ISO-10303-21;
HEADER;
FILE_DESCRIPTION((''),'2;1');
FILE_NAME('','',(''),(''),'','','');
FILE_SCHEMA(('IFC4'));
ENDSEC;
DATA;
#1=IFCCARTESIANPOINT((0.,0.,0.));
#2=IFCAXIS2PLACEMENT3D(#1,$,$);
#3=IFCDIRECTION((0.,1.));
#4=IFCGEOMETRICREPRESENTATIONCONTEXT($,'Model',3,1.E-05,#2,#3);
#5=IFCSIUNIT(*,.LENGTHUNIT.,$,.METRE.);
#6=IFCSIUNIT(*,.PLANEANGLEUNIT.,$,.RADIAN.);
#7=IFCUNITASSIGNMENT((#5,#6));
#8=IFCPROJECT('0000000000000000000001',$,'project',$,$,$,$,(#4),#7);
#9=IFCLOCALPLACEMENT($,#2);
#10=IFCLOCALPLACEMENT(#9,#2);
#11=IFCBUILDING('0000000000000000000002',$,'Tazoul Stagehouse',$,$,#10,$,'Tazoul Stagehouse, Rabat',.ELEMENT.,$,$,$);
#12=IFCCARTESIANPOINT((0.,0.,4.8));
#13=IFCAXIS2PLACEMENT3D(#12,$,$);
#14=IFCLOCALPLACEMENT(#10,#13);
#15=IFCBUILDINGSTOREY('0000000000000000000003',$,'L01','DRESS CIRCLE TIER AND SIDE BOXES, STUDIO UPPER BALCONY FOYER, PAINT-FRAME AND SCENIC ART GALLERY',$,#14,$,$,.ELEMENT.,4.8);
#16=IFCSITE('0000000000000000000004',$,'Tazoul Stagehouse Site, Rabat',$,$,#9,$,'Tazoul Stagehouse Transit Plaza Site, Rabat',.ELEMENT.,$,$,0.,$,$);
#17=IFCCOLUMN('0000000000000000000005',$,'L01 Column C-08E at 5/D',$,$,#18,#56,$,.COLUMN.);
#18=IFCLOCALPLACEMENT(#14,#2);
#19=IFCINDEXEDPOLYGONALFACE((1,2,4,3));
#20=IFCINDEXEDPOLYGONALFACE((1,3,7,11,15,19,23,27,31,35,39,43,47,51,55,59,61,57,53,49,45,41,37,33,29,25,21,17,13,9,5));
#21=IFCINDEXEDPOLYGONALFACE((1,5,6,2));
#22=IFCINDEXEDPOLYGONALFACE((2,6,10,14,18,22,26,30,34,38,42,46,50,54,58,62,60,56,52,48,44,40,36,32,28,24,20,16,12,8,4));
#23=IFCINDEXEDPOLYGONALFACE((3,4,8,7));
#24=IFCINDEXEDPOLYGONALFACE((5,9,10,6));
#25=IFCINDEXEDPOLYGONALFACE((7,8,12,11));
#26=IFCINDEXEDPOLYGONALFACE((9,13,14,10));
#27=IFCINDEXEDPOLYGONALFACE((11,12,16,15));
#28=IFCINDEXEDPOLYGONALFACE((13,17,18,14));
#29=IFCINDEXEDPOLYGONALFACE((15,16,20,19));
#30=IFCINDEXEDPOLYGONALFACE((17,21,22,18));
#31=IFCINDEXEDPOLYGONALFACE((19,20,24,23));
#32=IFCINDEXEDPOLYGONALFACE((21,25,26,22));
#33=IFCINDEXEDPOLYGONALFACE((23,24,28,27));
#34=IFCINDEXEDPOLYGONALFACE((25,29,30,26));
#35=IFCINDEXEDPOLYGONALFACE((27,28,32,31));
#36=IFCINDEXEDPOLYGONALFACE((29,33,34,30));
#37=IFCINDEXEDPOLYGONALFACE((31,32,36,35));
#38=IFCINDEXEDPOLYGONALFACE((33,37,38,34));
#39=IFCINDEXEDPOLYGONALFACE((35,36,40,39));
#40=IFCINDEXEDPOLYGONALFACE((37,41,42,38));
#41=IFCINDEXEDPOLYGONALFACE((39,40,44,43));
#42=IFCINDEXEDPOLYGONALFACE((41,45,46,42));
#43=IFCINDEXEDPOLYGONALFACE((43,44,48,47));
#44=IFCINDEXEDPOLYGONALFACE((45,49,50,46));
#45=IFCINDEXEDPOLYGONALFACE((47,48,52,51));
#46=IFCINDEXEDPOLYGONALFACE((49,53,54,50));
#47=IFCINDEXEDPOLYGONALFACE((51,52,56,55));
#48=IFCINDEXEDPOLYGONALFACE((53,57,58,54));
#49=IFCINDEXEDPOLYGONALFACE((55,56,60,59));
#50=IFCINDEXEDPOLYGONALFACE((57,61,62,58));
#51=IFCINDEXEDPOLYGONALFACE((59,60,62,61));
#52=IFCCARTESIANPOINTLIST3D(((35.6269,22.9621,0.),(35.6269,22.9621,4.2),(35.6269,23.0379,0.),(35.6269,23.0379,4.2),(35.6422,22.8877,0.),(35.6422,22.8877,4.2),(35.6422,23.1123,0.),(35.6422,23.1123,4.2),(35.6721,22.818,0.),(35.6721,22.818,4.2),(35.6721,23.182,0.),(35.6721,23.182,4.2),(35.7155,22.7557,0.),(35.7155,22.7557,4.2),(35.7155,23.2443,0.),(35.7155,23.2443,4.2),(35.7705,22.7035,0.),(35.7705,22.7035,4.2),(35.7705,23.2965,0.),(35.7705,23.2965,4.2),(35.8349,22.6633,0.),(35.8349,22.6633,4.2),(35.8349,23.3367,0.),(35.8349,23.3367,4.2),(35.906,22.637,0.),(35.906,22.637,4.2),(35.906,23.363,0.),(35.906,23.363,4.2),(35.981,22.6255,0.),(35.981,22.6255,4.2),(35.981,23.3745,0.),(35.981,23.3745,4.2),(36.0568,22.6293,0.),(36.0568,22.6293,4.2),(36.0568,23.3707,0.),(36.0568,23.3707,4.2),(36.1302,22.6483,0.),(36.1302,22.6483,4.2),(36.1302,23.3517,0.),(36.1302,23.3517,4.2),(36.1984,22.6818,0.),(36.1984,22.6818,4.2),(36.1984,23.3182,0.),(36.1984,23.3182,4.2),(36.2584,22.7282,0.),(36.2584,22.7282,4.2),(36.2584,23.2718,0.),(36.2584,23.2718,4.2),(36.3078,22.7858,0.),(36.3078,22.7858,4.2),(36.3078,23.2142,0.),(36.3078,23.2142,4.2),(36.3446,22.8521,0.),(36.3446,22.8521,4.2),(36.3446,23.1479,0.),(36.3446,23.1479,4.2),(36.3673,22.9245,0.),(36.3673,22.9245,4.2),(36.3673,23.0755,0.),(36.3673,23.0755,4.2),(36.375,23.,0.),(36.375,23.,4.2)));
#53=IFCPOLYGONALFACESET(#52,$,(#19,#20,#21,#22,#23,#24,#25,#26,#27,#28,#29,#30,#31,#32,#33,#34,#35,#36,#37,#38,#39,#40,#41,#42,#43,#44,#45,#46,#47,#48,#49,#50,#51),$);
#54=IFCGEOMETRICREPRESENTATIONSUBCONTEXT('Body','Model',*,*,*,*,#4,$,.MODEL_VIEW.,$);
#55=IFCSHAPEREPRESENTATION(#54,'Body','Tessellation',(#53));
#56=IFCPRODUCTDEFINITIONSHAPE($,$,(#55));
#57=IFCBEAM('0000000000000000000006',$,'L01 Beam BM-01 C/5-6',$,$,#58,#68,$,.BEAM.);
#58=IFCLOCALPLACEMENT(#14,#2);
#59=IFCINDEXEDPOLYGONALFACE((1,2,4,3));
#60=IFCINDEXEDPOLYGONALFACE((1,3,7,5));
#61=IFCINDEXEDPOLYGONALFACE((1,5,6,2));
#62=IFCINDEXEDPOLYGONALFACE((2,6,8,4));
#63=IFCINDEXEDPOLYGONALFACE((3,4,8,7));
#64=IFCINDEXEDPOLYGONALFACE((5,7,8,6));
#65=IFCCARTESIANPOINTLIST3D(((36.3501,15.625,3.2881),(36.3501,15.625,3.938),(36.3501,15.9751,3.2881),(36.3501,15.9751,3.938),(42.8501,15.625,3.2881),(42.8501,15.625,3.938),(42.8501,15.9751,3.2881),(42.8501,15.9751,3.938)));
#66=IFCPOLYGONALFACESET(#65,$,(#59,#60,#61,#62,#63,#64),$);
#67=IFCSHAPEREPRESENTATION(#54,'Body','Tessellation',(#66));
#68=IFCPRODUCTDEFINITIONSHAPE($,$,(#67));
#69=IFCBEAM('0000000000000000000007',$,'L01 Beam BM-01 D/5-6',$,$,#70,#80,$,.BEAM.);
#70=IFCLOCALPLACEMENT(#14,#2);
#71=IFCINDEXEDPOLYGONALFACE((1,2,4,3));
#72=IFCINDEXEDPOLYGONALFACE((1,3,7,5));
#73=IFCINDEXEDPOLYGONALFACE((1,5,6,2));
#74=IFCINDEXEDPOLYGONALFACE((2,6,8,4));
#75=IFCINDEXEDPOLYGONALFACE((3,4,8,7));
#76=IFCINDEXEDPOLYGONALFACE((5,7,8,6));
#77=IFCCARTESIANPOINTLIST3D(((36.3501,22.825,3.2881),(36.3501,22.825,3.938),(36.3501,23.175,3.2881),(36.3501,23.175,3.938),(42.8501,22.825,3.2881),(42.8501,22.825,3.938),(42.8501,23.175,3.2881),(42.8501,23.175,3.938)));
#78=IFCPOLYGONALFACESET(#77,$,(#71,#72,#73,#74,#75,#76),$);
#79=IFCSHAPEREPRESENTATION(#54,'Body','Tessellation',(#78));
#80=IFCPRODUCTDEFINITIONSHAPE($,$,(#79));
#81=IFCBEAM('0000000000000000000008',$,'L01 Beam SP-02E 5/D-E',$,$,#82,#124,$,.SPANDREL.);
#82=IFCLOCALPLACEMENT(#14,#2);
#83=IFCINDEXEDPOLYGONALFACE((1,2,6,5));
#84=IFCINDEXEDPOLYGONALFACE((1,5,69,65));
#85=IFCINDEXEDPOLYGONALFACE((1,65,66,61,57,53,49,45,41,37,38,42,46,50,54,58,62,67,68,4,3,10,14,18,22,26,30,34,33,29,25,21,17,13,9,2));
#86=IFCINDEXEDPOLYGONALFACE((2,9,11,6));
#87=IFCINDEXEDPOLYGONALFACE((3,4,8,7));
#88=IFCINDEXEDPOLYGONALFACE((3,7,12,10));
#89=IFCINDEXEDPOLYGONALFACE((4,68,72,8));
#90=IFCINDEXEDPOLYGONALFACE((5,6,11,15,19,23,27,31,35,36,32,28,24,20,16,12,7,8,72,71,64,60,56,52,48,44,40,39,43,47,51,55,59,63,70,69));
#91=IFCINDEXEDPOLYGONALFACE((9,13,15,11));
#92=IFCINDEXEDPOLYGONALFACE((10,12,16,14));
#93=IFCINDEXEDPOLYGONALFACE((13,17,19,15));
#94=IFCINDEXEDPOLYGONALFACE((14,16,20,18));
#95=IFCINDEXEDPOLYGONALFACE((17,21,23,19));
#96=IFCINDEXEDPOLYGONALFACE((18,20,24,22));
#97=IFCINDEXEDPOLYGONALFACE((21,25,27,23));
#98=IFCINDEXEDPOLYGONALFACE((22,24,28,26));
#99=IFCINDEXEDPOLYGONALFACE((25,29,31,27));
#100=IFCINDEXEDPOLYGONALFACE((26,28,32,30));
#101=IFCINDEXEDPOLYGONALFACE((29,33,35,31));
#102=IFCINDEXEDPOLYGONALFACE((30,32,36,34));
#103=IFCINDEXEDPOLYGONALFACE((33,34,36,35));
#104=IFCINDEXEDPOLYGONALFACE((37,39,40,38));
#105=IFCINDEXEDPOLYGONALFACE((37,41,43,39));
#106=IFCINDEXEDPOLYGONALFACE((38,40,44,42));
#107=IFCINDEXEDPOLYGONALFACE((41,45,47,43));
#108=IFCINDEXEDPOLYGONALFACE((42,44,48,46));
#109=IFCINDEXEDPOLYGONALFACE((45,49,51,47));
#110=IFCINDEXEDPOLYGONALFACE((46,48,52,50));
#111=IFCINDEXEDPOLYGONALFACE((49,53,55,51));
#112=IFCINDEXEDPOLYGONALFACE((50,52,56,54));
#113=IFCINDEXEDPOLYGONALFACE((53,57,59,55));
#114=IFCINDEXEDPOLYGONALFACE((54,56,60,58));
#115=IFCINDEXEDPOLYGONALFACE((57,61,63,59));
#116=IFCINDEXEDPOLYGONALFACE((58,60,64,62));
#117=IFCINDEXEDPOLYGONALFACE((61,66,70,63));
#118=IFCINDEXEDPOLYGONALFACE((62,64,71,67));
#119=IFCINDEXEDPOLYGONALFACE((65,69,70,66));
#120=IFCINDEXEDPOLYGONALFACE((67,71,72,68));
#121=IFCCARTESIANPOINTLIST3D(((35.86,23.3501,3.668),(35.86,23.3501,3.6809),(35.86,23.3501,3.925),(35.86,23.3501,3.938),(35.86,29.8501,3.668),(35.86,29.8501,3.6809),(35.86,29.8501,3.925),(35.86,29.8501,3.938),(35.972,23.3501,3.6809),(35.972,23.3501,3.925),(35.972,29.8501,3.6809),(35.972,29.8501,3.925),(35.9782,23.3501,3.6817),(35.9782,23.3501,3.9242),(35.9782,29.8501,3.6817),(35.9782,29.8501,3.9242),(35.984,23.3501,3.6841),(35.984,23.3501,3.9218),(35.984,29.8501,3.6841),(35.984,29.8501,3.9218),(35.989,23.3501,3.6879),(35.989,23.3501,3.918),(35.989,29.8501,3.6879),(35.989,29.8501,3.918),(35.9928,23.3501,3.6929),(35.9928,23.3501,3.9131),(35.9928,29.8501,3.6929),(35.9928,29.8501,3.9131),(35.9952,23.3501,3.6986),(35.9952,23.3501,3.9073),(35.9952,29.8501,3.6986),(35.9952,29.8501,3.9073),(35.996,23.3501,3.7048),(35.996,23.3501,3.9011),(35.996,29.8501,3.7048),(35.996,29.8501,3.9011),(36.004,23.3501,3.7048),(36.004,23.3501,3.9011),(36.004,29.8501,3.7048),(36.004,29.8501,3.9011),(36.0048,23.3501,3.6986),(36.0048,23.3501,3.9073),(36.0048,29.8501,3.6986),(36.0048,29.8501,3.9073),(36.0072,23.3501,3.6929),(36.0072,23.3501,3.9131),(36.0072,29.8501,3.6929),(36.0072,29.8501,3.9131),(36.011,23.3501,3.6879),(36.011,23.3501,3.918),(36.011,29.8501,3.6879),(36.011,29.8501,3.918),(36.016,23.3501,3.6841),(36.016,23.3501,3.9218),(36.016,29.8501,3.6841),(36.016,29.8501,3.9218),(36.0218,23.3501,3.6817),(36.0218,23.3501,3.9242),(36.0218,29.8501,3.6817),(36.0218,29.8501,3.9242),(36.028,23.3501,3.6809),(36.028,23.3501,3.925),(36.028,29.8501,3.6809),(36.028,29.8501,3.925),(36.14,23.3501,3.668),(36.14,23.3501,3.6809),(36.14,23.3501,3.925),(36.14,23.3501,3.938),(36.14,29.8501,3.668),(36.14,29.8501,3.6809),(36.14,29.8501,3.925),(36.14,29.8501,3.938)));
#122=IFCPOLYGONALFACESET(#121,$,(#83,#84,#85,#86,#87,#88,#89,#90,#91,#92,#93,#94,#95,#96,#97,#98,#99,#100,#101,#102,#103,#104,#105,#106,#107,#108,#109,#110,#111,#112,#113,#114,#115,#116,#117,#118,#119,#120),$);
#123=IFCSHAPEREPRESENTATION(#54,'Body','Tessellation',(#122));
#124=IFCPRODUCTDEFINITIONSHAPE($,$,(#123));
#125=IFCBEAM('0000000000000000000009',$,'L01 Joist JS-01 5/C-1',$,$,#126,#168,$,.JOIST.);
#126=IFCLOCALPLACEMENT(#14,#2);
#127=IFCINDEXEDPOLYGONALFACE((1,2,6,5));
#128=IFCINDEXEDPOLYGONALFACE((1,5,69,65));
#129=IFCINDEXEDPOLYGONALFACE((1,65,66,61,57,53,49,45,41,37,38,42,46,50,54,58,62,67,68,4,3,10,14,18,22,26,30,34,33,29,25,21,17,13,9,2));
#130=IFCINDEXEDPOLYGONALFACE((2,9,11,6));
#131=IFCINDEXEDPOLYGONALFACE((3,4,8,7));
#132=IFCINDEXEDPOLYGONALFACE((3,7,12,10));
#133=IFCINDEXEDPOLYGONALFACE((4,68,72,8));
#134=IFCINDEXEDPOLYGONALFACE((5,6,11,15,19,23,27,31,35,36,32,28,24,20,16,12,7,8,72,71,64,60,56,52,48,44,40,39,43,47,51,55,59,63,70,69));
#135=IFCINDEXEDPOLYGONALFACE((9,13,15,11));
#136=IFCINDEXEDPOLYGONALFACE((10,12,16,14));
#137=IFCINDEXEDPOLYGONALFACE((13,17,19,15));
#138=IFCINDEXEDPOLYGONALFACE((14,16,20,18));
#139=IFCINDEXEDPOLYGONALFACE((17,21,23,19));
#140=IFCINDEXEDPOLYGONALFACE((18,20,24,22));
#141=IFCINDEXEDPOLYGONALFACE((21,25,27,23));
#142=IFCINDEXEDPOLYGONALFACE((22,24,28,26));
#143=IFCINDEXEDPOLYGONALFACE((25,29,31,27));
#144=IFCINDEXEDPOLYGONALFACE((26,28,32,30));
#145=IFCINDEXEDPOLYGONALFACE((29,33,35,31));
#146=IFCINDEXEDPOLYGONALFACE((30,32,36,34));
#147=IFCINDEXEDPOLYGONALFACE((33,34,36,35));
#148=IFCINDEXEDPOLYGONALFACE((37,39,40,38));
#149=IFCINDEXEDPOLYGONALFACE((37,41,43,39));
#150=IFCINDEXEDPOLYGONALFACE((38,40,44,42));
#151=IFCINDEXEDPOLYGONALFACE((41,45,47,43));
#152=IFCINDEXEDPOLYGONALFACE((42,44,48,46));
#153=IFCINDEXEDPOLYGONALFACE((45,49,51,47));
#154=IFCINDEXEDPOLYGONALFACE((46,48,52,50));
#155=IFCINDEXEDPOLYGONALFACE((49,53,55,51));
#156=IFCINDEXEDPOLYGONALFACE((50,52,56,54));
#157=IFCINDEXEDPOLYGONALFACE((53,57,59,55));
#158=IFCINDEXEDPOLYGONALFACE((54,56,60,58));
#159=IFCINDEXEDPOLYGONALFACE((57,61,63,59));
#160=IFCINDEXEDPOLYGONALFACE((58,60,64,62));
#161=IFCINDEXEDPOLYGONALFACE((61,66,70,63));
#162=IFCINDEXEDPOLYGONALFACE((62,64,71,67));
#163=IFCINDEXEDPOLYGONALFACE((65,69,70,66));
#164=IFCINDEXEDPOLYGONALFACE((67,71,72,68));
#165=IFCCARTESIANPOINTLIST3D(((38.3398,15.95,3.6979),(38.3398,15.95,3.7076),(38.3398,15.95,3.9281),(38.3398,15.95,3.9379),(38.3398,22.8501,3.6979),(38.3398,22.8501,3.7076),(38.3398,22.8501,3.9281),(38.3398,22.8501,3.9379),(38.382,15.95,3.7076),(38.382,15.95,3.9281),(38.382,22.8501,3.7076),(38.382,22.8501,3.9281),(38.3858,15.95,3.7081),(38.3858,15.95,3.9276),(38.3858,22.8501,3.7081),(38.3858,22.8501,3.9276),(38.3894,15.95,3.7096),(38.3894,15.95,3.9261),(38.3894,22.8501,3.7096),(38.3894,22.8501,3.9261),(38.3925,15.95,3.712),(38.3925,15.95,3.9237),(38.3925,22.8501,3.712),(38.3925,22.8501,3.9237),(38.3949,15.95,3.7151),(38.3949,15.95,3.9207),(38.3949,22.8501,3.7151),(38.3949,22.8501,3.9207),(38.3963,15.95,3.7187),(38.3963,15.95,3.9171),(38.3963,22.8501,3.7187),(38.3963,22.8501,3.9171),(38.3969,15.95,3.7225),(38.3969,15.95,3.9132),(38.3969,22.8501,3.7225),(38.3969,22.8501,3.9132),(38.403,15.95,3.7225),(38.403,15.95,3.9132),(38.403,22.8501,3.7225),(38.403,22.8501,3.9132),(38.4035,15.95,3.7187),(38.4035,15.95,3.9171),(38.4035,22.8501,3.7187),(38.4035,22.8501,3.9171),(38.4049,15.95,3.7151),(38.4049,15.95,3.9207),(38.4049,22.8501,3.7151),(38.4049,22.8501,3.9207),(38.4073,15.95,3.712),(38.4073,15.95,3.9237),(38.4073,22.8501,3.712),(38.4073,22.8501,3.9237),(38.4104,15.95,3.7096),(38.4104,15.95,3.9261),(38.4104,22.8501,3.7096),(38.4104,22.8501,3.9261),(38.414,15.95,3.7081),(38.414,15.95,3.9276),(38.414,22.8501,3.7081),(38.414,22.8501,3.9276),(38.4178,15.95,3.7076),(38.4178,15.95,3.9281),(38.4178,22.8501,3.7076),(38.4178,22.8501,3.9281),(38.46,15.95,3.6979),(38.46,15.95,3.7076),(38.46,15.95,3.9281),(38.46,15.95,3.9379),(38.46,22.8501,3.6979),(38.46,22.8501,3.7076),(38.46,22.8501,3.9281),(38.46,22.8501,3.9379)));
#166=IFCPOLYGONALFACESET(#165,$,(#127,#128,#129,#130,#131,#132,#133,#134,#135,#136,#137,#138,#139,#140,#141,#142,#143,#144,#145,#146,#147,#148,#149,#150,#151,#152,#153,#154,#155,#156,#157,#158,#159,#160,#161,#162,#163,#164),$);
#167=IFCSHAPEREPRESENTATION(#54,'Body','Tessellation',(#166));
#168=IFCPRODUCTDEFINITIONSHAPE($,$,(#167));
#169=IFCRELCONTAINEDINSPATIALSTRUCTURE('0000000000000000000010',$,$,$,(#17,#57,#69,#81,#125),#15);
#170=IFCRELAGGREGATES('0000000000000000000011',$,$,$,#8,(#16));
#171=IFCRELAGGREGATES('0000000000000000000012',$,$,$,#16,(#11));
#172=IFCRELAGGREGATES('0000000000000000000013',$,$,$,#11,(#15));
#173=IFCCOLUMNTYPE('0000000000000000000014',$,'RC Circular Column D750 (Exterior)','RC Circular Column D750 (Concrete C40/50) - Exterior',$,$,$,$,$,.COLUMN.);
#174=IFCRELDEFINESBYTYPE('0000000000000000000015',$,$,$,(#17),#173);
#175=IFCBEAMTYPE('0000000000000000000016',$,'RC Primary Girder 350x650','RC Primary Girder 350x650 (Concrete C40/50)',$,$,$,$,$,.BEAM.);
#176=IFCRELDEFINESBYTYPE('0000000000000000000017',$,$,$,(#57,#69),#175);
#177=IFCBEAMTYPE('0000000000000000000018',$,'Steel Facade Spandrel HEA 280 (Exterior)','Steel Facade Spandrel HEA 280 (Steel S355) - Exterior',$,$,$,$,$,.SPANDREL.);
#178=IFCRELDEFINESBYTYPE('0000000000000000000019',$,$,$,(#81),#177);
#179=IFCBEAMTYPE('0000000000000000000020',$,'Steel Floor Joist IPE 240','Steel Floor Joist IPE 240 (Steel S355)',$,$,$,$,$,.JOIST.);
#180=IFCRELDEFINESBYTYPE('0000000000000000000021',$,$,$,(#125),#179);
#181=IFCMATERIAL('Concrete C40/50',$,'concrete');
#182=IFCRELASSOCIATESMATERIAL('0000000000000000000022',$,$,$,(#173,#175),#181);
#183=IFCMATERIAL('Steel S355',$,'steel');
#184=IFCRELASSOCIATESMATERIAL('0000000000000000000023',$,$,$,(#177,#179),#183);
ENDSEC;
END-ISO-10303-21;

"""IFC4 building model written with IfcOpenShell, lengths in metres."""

from ifc_helpers import new_model, si_unit, direction, frame, origin, origin_2d, place, context, subcontext, project, spatial, rectangle, circle, i_section, extrude, material, material_profile, profile_set, type_object, element, save


model = new_model("IFC4")

# Units and contexts
model_context = context("Model", 3, precision=1e-05, world=origin(), true_north=direction((0.0, 1.0)))
body_context = subcontext(model_context, "Body", "Model", "MODEL_VIEW")
ifc_project = project(units=[si_unit("LENGTHUNIT", "METRE"), si_unit("PLANEANGLEUNIT", "RADIAN")], contexts=[model_context])

# Site, building, storey
site_placement = place(None, origin())
site = spatial("IfcSite", under=ifc_project, at=site_placement, Name="Tazoul Stagehouse Site, Rabat", LongName="Tazoul Stagehouse Transit Plaza Site, Rabat", CompositionType="ELEMENT", RefElevation=0.0)
building_placement = place(site_placement, origin())
building = spatial("IfcBuilding", under=site, at=building_placement, Name="Tazoul Stagehouse", LongName="Tazoul Stagehouse, Rabat", CompositionType="ELEMENT")
storey_placement = place(building_placement, frame((0.0, 0.0, 4.8)))
storey = spatial("IfcBuildingStorey", under=building, at=storey_placement, Name="L01", Description="DRESS CIRCLE TIER AND SIDE BOXES, STUDIO UPPER BALCONY FOYER, PAINT-FRAME AND SCENIC ART GALLERY", CompositionType="ELEMENT", Elevation=4.8)

# Column
ifc_material_1 = material(Name="Concrete C40/50", Category="concrete")
ifc_material_profile_1 = material_profile(ifc_material_1, circle(Radius=0.375, at=origin_2d()), Name="RC D750")
ifc_profile_set_1 = profile_set([ifc_material_profile_1], Name="Concrete C40/50")
column_type = type_object("IfcColumnType", Name="RC Circular Column D750 (Exterior)", Description="RC Circular Column D750 (Concrete C40/50) - Exterior", PredefinedType="COLUMN", material=ifc_profile_set_1)
column_placement = place(storey_placement, frame((36.0, 23.0, 0.0), z_axis=(0.0, 0.0, 1.0), x_axis=(1.0, 0.0, 0.0)))
element("IfcColumn", 1, at=column_placement, inside=storey, type_object=column_type, Name="L01 Column C-08E at 5/D", PredefinedType="COLUMN", context=body_context, shape_type="SweptSolid", body=[
    extrude(circle(Radius=0.375, at=origin_2d()), origin(), (0.0, 0.0, 1.0), 4.2),
])

# Beams
ifc_material_profile_2 = material_profile(ifc_material_1, rectangle(XDim=0.3501, YDim=0.6499, at=origin_2d()), Name="RC 350x650")
ifc_profile_set_2 = profile_set([ifc_material_profile_2], Name="Concrete C40/50")
beam_type_1 = type_object("IfcBeamType", Name="RC Primary Girder 350x650", Description="RC Primary Girder 350x650 (Concrete C40/50)", PredefinedType="BEAM", material=ifc_profile_set_2)
for number, where, z_axis, x_axis, name in (
    (2, (36.3501, 15.8, 3.613), (1.0, 0.0, 0.0), (0.0, 1.0, 0.0), "L01 Beam BM-01 C/5-6"),
    (3, (36.3501, 23.0, 3.613), (1.0, 0.0, 0.0), (0.0, 1.0, 0.0), "L01 Beam BM-01 D/5-6"),
):
    element("IfcBeam", number, at=place(storey_placement, frame(where, z_axis=z_axis, x_axis=x_axis)), inside=storey, type_object=beam_type_1, Name=name, PredefinedType="BEAM", context=body_context, shape_type="SweptSolid", body=[
        extrude(rectangle(XDim=0.3501, YDim=0.6499, at=origin_2d()), origin(), (0.0, 0.0, 1.0), 6.5),
    ])
ifc_material_2 = material(Name="Steel S355", Category="steel")
ifc_material_profile_3 = material_profile(ifc_material_2, i_section(OverallWidth=0.28, OverallDepth=0.27, WebThickness=0.0081, FlangeThickness=0.0129, FilletRadius=0.0239, at=origin_2d()), Name="HEA 280")
ifc_profile_set_3 = profile_set([ifc_material_profile_3], Name="Steel S355")
beam_type_2 = type_object("IfcBeamType", Name="Steel Facade Spandrel HEA 280 (Exterior)", Description="Steel Facade Spandrel HEA 280 (Steel S355) - Exterior", PredefinedType="SPANDREL", material=ifc_profile_set_3)
beam_placement = place(storey_placement, frame((36.0, 23.3501, 3.803), z_axis=(0.0, 1.0, 0.0), x_axis=(-1.0, 0.0, 0.0)))
element("IfcBeam", 4, at=beam_placement, inside=storey, type_object=beam_type_2, Name="L01 Beam SP-02E 5/D-E", PredefinedType="SPANDREL", context=body_context, shape_type="SweptSolid", body=[
    extrude(i_section(OverallWidth=0.28, OverallDepth=0.27, WebThickness=0.0081, FlangeThickness=0.0129, FilletRadius=0.0239, at=origin_2d()), origin(), (0.0, 0.0, 1.0), 6.5),
])
ifc_material_profile_4 = material_profile(ifc_material_2, i_section(OverallWidth=0.1201, OverallDepth=0.24, WebThickness=0.0061, FlangeThickness=0.0098, FilletRadius=0.0149, at=origin_2d()), Name="IPE 240")
ifc_profile_set_4 = profile_set([ifc_material_profile_4], Name="Steel S355")
beam_type_3 = type_object("IfcBeamType", Name="Steel Floor Joist IPE 240", Description="Steel Floor Joist IPE 240 (Steel S355)", PredefinedType="JOIST", material=ifc_profile_set_4)
for number, where, z_axis, x_axis, name in (
    (5, (38.3999, 15.95, 3.8179), (0.0, 1.0, 0.0), (-1.0, 0.0, 0.0), "L01 Joist JS-01 5/C-1"),
):
    element("IfcBeam", number, at=place(storey_placement, frame(where, z_axis=z_axis, x_axis=x_axis)), inside=storey, type_object=beam_type_3, Name=name, PredefinedType="JOIST", context=body_context, shape_type="SweptSolid", body=[
        extrude(i_section(OverallWidth=0.1201, OverallDepth=0.24, WebThickness=0.0061, FlangeThickness=0.0098, FilletRadius=0.0149, at=origin_2d()), origin(), (0.0, 0.0, 1.0), 6.9001),
    ])

save(model, "model.ifc")
